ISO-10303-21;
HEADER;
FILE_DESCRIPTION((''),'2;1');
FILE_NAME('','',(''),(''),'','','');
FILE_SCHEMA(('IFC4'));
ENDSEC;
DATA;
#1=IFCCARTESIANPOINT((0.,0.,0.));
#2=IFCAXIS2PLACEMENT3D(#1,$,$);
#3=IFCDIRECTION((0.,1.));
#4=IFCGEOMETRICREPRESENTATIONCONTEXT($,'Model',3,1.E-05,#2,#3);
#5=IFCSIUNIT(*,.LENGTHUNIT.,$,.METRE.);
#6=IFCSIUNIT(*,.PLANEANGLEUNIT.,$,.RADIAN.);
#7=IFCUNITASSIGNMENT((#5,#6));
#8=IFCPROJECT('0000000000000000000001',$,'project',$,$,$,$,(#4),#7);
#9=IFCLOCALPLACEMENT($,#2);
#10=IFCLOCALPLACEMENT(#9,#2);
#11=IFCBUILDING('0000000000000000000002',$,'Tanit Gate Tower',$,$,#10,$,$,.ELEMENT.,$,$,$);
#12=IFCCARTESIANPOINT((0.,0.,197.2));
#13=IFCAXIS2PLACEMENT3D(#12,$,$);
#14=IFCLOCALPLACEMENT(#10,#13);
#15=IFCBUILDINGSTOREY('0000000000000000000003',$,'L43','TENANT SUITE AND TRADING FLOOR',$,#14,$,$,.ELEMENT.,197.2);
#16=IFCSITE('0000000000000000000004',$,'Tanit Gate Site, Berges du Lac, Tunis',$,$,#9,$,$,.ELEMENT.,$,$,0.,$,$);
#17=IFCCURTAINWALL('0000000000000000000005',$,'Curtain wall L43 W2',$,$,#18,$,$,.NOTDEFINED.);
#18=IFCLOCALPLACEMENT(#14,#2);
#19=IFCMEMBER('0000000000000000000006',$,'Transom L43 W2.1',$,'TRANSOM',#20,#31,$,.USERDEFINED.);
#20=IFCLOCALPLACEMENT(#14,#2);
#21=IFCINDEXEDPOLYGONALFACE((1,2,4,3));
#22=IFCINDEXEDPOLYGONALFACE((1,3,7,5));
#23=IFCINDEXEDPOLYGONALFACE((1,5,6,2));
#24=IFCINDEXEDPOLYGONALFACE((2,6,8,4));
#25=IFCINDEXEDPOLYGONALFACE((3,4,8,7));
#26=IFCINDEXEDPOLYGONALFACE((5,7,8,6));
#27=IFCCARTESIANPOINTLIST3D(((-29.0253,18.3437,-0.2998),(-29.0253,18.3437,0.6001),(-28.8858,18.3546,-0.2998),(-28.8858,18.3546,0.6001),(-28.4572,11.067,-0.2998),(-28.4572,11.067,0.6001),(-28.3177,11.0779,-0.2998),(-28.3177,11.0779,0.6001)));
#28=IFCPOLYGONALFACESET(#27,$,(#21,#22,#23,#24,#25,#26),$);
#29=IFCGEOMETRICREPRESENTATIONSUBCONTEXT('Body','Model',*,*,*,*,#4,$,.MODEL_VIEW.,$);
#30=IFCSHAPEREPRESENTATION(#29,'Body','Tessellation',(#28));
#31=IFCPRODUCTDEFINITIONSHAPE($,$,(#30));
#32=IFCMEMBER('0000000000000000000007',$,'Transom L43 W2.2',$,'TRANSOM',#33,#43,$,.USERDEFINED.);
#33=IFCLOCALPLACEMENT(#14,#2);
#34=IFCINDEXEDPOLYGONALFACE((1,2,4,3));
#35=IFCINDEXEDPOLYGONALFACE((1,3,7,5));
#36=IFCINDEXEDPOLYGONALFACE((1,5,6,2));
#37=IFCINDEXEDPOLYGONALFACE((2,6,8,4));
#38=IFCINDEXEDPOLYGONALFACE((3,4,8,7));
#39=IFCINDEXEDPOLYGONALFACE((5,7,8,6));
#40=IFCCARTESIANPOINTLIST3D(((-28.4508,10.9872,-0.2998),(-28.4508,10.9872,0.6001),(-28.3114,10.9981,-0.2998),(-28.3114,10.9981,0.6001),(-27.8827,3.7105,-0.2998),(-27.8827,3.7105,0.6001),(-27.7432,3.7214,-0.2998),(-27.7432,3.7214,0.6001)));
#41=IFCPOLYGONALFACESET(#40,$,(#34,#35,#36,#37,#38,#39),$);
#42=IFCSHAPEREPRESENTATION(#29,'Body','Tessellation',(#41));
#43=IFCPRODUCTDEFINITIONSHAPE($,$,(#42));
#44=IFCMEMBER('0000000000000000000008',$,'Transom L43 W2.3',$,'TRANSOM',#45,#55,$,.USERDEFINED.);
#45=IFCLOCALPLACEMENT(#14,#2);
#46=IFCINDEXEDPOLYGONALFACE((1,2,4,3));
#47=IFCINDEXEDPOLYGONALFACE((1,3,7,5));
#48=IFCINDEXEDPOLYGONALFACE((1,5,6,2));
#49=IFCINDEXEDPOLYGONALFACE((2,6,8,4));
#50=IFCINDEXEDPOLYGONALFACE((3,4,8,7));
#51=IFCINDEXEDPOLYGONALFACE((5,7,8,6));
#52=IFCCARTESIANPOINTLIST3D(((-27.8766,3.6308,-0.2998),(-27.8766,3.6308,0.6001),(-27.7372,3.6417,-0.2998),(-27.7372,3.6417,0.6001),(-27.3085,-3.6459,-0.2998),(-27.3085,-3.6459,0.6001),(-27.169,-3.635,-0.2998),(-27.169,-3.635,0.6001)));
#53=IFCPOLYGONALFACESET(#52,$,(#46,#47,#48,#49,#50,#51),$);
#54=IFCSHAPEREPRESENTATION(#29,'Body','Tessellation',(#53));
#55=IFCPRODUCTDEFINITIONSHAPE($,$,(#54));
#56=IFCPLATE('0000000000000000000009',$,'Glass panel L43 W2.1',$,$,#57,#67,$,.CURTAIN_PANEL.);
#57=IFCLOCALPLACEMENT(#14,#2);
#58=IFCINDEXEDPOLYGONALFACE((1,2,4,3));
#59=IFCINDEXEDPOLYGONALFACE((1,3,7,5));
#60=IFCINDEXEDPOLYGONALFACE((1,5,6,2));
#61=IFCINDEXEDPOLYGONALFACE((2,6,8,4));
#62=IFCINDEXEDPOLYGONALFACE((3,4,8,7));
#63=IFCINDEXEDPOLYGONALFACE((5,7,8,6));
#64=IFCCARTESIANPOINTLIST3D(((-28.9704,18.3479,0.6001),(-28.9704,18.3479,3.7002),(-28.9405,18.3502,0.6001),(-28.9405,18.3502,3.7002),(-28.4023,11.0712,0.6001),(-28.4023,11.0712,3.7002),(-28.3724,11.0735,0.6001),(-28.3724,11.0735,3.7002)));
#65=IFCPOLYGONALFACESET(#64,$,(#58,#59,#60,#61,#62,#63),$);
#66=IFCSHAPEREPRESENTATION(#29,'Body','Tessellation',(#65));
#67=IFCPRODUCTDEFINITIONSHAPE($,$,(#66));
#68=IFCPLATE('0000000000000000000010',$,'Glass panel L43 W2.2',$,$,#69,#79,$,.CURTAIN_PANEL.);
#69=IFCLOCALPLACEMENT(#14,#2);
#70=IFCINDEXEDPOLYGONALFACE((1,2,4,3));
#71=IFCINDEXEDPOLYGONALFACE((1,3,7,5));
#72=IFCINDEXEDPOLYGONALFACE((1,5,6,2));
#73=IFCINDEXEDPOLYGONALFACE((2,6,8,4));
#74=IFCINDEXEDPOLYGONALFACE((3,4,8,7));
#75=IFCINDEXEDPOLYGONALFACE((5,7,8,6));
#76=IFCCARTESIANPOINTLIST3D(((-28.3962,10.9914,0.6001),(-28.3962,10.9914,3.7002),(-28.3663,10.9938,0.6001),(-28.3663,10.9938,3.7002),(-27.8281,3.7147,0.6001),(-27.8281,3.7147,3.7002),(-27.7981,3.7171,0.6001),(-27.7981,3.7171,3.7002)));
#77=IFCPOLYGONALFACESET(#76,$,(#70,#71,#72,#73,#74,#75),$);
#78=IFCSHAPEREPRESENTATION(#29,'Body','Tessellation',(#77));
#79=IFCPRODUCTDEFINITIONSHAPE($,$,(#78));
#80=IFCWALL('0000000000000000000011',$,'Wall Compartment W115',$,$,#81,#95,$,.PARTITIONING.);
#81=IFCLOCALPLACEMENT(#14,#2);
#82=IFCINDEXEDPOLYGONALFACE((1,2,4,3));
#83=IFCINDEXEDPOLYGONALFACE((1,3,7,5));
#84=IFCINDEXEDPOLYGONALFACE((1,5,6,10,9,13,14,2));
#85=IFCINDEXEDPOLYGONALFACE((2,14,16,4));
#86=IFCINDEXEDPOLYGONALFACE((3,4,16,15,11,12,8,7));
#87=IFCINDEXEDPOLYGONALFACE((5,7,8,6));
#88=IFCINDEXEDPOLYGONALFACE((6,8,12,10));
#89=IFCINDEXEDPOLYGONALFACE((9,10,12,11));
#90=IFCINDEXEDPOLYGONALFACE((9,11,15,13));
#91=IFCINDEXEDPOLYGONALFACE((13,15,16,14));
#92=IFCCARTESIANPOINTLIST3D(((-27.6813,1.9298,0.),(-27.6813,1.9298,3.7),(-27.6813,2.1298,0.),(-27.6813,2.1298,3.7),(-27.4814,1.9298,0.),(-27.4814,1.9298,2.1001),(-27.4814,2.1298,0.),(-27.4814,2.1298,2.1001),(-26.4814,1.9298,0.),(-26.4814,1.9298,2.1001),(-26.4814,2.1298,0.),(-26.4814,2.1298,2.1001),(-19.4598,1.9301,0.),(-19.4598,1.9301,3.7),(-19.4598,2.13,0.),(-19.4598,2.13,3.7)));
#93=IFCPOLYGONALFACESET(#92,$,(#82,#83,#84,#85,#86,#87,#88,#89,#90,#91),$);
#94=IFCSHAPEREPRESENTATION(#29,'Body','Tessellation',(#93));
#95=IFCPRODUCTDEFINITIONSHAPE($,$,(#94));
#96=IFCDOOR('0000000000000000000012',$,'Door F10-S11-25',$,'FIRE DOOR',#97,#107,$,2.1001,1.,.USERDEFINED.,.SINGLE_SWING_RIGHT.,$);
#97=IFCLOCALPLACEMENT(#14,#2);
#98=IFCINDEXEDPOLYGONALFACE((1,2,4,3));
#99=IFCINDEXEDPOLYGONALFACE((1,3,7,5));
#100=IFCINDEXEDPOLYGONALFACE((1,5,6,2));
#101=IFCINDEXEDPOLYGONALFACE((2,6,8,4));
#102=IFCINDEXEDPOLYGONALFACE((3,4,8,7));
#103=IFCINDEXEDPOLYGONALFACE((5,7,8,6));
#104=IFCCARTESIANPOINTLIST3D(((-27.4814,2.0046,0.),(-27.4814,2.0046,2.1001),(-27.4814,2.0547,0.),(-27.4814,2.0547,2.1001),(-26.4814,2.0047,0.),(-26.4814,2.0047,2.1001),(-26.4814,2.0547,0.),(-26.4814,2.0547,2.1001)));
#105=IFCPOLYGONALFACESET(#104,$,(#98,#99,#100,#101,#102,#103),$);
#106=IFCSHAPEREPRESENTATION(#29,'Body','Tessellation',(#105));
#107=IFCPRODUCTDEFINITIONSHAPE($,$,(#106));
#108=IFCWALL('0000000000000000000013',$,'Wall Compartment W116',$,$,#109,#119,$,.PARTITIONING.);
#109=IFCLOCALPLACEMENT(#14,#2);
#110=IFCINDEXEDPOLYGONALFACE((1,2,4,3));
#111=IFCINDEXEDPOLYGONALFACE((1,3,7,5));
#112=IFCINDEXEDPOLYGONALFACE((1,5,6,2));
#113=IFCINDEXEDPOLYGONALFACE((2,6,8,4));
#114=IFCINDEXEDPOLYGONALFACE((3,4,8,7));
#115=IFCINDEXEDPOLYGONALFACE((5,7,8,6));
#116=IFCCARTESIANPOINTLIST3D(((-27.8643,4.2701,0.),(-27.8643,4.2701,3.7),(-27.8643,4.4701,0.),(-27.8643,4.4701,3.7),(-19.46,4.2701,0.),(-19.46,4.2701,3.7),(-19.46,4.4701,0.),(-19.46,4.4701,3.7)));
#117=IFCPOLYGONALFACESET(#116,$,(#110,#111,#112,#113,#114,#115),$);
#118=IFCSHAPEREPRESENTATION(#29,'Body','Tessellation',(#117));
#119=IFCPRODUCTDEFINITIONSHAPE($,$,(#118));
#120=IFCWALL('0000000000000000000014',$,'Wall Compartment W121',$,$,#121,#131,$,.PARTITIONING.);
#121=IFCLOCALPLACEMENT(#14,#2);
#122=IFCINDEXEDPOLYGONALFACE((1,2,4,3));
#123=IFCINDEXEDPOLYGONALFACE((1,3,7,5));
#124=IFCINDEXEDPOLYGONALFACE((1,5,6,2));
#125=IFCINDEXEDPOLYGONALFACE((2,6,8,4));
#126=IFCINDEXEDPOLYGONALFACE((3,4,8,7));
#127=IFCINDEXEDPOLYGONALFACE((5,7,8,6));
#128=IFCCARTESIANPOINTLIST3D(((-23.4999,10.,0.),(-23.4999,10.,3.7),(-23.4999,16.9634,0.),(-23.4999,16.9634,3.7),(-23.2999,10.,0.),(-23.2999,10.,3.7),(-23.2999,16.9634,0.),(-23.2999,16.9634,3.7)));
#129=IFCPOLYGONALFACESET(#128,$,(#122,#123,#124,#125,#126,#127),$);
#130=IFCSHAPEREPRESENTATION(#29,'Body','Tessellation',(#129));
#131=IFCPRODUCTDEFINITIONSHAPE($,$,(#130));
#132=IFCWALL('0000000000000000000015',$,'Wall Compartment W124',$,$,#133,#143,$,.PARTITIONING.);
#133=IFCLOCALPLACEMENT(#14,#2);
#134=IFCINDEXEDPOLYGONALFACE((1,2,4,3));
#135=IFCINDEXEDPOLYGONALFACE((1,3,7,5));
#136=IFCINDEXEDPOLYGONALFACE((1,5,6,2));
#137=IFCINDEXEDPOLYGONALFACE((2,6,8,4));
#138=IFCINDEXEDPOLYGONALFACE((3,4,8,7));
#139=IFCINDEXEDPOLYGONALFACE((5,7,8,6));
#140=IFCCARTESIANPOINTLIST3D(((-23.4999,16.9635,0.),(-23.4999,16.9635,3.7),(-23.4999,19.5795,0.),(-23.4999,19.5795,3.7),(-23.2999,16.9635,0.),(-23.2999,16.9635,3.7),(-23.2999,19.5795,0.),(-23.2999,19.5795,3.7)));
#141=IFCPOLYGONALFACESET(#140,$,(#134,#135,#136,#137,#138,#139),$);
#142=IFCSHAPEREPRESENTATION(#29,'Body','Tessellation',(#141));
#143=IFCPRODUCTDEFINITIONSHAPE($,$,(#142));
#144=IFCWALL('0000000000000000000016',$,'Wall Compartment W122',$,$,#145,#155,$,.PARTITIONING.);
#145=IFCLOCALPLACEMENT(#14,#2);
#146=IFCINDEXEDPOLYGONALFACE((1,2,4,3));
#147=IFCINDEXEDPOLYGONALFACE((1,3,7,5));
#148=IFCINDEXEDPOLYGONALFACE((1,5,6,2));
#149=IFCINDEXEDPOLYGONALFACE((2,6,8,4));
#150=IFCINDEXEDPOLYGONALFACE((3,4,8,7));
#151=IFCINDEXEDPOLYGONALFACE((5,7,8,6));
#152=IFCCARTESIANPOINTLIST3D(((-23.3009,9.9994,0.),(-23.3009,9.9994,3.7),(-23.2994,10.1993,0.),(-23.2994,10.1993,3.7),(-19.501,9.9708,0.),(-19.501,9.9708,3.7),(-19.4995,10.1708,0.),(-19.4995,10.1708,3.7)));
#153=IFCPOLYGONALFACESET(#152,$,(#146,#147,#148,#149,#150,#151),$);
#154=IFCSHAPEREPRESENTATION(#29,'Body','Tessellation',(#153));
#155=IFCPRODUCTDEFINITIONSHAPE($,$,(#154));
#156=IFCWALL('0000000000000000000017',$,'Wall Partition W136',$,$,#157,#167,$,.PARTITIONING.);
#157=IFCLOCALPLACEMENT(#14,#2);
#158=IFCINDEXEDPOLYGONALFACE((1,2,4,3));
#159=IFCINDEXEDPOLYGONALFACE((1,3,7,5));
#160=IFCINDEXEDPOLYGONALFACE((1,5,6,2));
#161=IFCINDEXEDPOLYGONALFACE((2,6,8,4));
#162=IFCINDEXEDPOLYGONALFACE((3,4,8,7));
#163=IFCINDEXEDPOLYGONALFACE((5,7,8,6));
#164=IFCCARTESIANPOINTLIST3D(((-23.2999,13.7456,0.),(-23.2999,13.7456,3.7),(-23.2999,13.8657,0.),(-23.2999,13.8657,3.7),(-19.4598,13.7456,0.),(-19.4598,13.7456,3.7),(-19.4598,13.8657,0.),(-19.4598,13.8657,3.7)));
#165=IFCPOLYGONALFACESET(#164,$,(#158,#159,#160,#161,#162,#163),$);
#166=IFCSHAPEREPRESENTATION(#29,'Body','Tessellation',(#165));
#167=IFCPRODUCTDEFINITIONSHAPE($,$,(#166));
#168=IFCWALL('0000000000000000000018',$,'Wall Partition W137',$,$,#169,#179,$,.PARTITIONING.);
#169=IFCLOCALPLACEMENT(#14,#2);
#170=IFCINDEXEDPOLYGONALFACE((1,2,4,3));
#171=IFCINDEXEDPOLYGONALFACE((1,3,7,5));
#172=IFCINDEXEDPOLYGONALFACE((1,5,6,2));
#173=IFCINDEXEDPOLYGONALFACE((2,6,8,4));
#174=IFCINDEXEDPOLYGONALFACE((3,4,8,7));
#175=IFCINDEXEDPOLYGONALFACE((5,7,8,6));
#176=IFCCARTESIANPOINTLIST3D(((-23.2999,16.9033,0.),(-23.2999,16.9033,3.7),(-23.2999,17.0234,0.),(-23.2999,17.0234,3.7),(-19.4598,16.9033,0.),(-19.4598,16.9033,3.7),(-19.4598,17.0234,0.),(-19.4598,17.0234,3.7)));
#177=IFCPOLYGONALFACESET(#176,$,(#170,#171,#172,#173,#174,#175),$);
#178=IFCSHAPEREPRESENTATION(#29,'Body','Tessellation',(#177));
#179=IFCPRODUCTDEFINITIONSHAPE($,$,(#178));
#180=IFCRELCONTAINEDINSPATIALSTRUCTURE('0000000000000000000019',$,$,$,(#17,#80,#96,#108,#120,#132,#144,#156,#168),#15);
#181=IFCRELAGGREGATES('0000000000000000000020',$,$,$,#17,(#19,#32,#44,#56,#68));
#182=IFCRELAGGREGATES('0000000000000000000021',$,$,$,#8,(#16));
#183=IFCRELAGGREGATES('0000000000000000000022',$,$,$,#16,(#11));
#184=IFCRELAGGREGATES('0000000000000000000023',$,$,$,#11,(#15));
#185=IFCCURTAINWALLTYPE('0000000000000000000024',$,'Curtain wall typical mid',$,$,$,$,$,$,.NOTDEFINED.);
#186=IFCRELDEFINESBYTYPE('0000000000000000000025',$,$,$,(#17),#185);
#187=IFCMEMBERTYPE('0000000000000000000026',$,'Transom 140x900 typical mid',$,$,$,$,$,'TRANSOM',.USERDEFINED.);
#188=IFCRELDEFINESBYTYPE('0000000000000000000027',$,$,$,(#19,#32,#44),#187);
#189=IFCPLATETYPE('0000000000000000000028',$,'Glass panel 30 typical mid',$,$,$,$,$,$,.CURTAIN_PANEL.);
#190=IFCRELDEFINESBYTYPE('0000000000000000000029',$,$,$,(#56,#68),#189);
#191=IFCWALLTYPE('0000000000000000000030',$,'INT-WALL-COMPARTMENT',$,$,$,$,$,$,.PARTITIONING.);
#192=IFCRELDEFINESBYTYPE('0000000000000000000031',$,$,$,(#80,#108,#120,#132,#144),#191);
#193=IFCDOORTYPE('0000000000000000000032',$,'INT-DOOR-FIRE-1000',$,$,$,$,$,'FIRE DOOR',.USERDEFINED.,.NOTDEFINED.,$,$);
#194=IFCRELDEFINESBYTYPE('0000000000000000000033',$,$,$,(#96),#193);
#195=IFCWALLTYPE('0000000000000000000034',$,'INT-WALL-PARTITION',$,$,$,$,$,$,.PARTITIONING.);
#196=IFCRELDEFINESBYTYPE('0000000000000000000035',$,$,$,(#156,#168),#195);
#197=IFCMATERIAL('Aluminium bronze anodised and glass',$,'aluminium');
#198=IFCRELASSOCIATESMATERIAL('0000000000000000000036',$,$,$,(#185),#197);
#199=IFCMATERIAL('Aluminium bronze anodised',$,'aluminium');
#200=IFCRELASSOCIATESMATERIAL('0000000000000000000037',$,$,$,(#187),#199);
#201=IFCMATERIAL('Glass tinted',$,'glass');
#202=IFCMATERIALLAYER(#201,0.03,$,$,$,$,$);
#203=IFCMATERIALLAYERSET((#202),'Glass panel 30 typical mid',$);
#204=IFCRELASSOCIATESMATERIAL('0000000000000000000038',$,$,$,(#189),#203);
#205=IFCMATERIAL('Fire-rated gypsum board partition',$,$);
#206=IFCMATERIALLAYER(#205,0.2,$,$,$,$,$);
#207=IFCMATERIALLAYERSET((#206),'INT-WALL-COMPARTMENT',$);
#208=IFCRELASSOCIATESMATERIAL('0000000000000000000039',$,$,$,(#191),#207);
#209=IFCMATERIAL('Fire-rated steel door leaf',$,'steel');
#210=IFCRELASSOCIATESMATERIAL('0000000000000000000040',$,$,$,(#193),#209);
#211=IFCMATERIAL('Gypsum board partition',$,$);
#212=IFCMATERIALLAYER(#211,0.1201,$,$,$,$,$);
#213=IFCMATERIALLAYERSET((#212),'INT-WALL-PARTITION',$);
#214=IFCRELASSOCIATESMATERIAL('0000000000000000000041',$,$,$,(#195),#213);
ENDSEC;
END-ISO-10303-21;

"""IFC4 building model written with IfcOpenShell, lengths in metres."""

from ifc_helpers import new_model, si_unit, direction, frame, frame_2d, origin, origin_2d, place, context, subcontext, project, spatial, rectangle, extrude, material, layer, layer_set, material_profile, profile_set, type_object, element, fill, aggregate, save


model = new_model("IFC4")

# Units and contexts
model_context = context("Model", 3, precision=1e-05, world=origin(), true_north=direction((0.0, 1.0)))
body_context = subcontext(model_context, "Body", "Model", "MODEL_VIEW")
ifc_project = project(units=[si_unit("LENGTHUNIT", "METRE"), si_unit("PLANEANGLEUNIT", "RADIAN")], contexts=[model_context])

# Site, building, storey
site_placement = place(None, origin())
site = spatial("IfcSite", under=ifc_project, at=site_placement, Name="Tanit Gate Site, Berges du Lac, Tunis", CompositionType="ELEMENT", RefElevation=0.0)
building_placement = place(site_placement, origin())
building = spatial("IfcBuilding", under=site, at=building_placement, Name="Tanit Gate Tower", CompositionType="ELEMENT")
storey_placement = place(building_placement, frame((0.0, 0.0, 197.2)))
storey = spatial("IfcBuildingStorey", under=building, at=storey_placement, Name="L43", Description="TENANT SUITE AND TRADING FLOOR", CompositionType="ELEMENT", Elevation=197.2)

# Curtain wall
ifc_material_1 = material(Name="Aluminium bronze anodised and glass", Category="aluminium")
curtain_wall_type = type_object("IfcCurtainWallType", Name="Curtain wall typical mid", PredefinedType="NOTDEFINED", material=ifc_material_1)
curtain_wall_1_placement = place(storey_placement, origin())
curtain_wall_1 = element("IfcCurtainWall", 1, at=curtain_wall_1_placement, inside=storey, type_object=curtain_wall_type, Name="Curtain wall L43 W2", PredefinedType="NOTDEFINED")

# Members
ifc_material_2 = material(Name="Aluminium bronze anodised", Category="aluminium")
ifc_material_profile_1 = material_profile(ifc_material_2, rectangle(XDim=0.1399, YDim=0.8999, at=origin_2d()), Name="140x900 bronze transom")
ifc_profile_set_1 = profile_set([ifc_material_profile_1], Name="Aluminium bronze anodised")
member_type_1 = type_object("IfcMemberType", Name="Transom 140x900 typical mid", ElementType="TRANSOM", PredefinedType="USERDEFINED", material=ifc_profile_set_1)
member_1_placement = place(storey_placement, frame((-28.9556, 18.3491, 0.1501), z_axis=(0.077837, -0.996966, 0.0), x_axis=(0.996966, 0.077837, 0.0)))
member_1 = element("IfcMember", 2, at=member_1_placement, type_object=member_type_1, Name="Transom L43 W2.1", ObjectType="TRANSOM", PredefinedType="USERDEFINED", context=body_context, shape_type="SweptSolid", body=[
    extrude(rectangle(XDim=0.1399, YDim=0.8999, at=origin_2d()), origin(), (0.0, 0.0, 1.0), 7.2988),
])
member_2_placement = place(storey_placement, frame((-28.3811, 10.9927, 0.1501), z_axis=(0.077837, -0.996966, 0.0), x_axis=(0.996966, 0.077837, 0.0)))
member_2 = element("IfcMember", 3, at=member_2_placement, type_object=member_type_1, Name="Transom L43 W2.2", ObjectType="TRANSOM", PredefinedType="USERDEFINED", context=body_context, shape_type="SweptSolid", body=[
    extrude(rectangle(XDim=0.1399, YDim=0.8999, at=origin_2d()), origin(), (0.0, 0.0, 1.0), 7.2988),
])
member_3_placement = place(storey_placement, frame((-27.8069, 3.6362, 0.1501), z_axis=(0.077837, -0.996966, 0.0), x_axis=(0.996966, 0.077837, 0.0)))
member_3 = element("IfcMember", 4, at=member_3_placement, type_object=member_type_1, Name="Transom L43 W2.3", ObjectType="TRANSOM", PredefinedType="USERDEFINED", context=body_context, shape_type="SweptSolid", body=[
    extrude(rectangle(XDim=0.1399, YDim=0.8999, at=origin_2d()), origin(), (0.0, 0.0, 1.0), 7.2988),
])

# Plates
ifc_material_3 = material(Name="Glass tinted", Category="glass")
ifc_layer_1 = layer(ifc_material_3, 0.03)
ifc_layer_set_1 = layer_set([ifc_layer_1], Name="Glass panel 30 typical mid")
plate_type = type_object("IfcPlateType", Name="Glass panel 30 typical mid", PredefinedType="CURTAIN_PANEL", material=ifc_layer_set_1)
plate_1_placement = place(storey_placement, frame((-28.6714, 14.7107, 0.6001), z_axis=(0.0, 0.0, 1.0), x_axis=(0.077839, -0.996966, 0.0)))
plate_1 = element("IfcPlate", 5, at=plate_1_placement, type_object=plate_type, Name="Glass panel L43 W2.1", PredefinedType="CURTAIN_PANEL", context=body_context, shape_type="SweptSolid", body=[
    extrude(rectangle(XDim=7.2988, YDim=0.03, at=origin_2d()), origin(), (0.0, 0.0, 1.0), 3.1001),
])
plate_2_placement = place(storey_placement, frame((-28.0972, 7.3542, 0.6001), z_axis=(0.0, 0.0, 1.0), x_axis=(0.077839, -0.996966, 0.0)))
plate_2 = element("IfcPlate", 6, at=plate_2_placement, type_object=plate_type, Name="Glass panel L43 W2.2", PredefinedType="CURTAIN_PANEL", context=body_context, shape_type="SweptSolid", body=[
    extrude(rectangle(XDim=7.2988, YDim=0.03, at=origin_2d()), origin(), (0.0, 0.0, 1.0), 3.1001),
])
aggregate(curtain_wall_1, [member_1, member_2, member_3, plate_1, plate_2])

# Wall, opening, door
ifc_material_4 = material(Name="Fire-rated gypsum board partition")
ifc_layer_2 = layer(ifc_material_4, 0.2)
ifc_layer_set_2 = layer_set([ifc_layer_2], Name="INT-WALL-COMPARTMENT")
wall_type_1 = type_object("IfcWallType", Name="INT-WALL-COMPARTMENT", PredefinedType="PARTITIONING", material=ifc_layer_set_2)
wall_1_placement = place(storey_placement, frame((-27.6814, 2.0298, 0.0), z_axis=(0.0, 0.0, 1.0), x_axis=(1.0, 0.00003, 0.0)))
wall_1 = element("IfcWall", 7, at=wall_1_placement, inside=storey, type_object=wall_type_1, Name="Wall Compartment W115", PredefinedType="PARTITIONING", context=body_context, shape_type="SweptSolid", body=[
    extrude(rectangle(XDim=8.2214, YDim=0.2, at=frame_2d((4.1108, 0.0))), origin(), (0.0, 0.0, 1.0), 3.7),
])
opening_placement = place(wall_1_placement, frame((0.2, 0.0, 0.0)))
opening = element("IfcOpeningElement", 8, at=opening_placement, cuts=wall_1, PredefinedType="OPENING", context=body_context, shape_type="SweptSolid", body=[
    extrude(rectangle(XDim=1.0, YDim=2.1001, at=frame_2d((0.5, 1.05))), frame((0.0, 0.1099, 0.0), z_axis=(0.0, -1.0, 0.0), x_axis=(1.0, 0.0, 0.0)), (0.0, 0.0, 1.0), 0.22),
])
ifc_material_5 = material(Name="Fire-rated steel door leaf", Category="steel")
door_type = type_object("IfcDoorType", Name="INT-DOOR-FIRE-1000", ElementType="FIRE DOOR", OperationType="NOTDEFINED", PredefinedType="USERDEFINED", material=ifc_material_5)
door_placement = place(opening_placement, origin())
door = element("IfcDoor", 9, at=door_placement, inside=storey, type_object=door_type, Name="Door F10-S11-25", ObjectType="FIRE DOOR", OperationType="SINGLE_SWING_RIGHT", OverallHeight=2.1001, OverallWidth=1.0, PredefinedType="USERDEFINED", context=body_context, shape_type="SweptSolid", body=[
    extrude(rectangle(XDim=1.0, YDim=2.1001, at=frame_2d((0.5, 1.05))), frame((0.0, 0.0249, 0.0), z_axis=(0.0, -1.0, 0.0), x_axis=(1.0, 0.0, 0.0)), (0.0, 0.0, 1.0), 0.05),
])
fill(opening, door)

# Walls
wall_2_placement = place(storey_placement, frame((-19.46, 4.3701, 0.0), z_axis=(0.0, 0.0, 1.0), x_axis=(-1.0, 0.0, 0.0)))
element("IfcWall", 10, at=wall_2_placement, inside=storey, type_object=wall_type_1, Name="Wall Compartment W116", PredefinedType="PARTITIONING", context=body_context, shape_type="SweptSolid", body=[
    extrude(rectangle(XDim=8.4043, YDim=0.2, at=frame_2d((4.2021, 0.0))), origin(), (0.0, 0.0, 1.0), 3.7),
])
wall_3_placement = place(storey_placement, frame((-23.3999, 10.0, 0.0), z_axis=(0.0, 0.0, 1.0), x_axis=(0.0, 1.0, 0.0)))
element("IfcWall", 11, at=wall_3_placement, inside=storey, type_object=wall_type_1, Name="Wall Compartment W121", PredefinedType="PARTITIONING", context=body_context, shape_type="SweptSolid", body=[
    extrude(rectangle(XDim=6.9634, YDim=0.2, at=frame_2d((3.4817, 0.0))), origin(), (0.0, 0.0, 1.0), 3.7),
])
wall_4_placement = place(storey_placement, frame((-23.3999, 16.9634, 0.0), z_axis=(0.0, 0.0, 1.0), x_axis=(0.0, 1.0, 0.0)))
element("IfcWall", 12, at=wall_4_placement, inside=storey, type_object=wall_type_1, Name="Wall Compartment W124", PredefinedType="PARTITIONING", context=body_context, shape_type="SweptSolid", body=[
    extrude(rectangle(XDim=2.616, YDim=0.2, at=frame_2d((1.3081, 0.0))), origin(), (0.0, 0.0, 1.0), 3.7),
])
wall_5_placement = place(storey_placement, frame((-23.3, 10.0994, 0.0), z_axis=(0.0, 0.0, 1.0), x_axis=(0.999972, -0.007517, 0.0)))
element("IfcWall", 13, at=wall_5_placement, inside=storey, type_object=wall_type_1, Name="Wall Compartment W122", PredefinedType="PARTITIONING", context=body_context, shape_type="SweptSolid", body=[
    extrude(rectangle(XDim=3.8, YDim=0.2, at=frame_2d((1.8999, 0.0))), origin(), (0.0, 0.0, 1.0), 3.7),
])
ifc_material_6 = material(Name="Gypsum board partition")
ifc_layer_3 = layer(ifc_material_6, 0.1201)
ifc_layer_set_3 = layer_set([ifc_layer_3], Name="INT-WALL-PARTITION")
wall_type_2 = type_object("IfcWallType", Name="INT-WALL-PARTITION", PredefinedType="PARTITIONING", material=ifc_layer_set_3)
for number, where, z_axis, x_axis, name in (
    (14, (-19.46, 13.8057, 0.0), (0.0, 0.0, 1.0), (-1.0, 0.0, 0.0), "Wall Partition W136"),
    (15, (-19.46, 16.9634, 0.0), (0.0, 0.0, 1.0), (-1.0, 0.0, 0.0), "Wall Partition W137"),
):
    element("IfcWall", number, at=place(storey_placement, frame(where, z_axis=z_axis, x_axis=x_axis)), inside=storey, type_object=wall_type_2, Name=name, PredefinedType="PARTITIONING", context=body_context, shape_type="SweptSolid", body=[
        extrude(rectangle(XDim=3.8401, YDim=0.1201, at=frame_2d((1.9199, 0.0))), origin(), (0.0, 0.0, 1.0), 3.7),
    ])

save(model, "model.ifc")
